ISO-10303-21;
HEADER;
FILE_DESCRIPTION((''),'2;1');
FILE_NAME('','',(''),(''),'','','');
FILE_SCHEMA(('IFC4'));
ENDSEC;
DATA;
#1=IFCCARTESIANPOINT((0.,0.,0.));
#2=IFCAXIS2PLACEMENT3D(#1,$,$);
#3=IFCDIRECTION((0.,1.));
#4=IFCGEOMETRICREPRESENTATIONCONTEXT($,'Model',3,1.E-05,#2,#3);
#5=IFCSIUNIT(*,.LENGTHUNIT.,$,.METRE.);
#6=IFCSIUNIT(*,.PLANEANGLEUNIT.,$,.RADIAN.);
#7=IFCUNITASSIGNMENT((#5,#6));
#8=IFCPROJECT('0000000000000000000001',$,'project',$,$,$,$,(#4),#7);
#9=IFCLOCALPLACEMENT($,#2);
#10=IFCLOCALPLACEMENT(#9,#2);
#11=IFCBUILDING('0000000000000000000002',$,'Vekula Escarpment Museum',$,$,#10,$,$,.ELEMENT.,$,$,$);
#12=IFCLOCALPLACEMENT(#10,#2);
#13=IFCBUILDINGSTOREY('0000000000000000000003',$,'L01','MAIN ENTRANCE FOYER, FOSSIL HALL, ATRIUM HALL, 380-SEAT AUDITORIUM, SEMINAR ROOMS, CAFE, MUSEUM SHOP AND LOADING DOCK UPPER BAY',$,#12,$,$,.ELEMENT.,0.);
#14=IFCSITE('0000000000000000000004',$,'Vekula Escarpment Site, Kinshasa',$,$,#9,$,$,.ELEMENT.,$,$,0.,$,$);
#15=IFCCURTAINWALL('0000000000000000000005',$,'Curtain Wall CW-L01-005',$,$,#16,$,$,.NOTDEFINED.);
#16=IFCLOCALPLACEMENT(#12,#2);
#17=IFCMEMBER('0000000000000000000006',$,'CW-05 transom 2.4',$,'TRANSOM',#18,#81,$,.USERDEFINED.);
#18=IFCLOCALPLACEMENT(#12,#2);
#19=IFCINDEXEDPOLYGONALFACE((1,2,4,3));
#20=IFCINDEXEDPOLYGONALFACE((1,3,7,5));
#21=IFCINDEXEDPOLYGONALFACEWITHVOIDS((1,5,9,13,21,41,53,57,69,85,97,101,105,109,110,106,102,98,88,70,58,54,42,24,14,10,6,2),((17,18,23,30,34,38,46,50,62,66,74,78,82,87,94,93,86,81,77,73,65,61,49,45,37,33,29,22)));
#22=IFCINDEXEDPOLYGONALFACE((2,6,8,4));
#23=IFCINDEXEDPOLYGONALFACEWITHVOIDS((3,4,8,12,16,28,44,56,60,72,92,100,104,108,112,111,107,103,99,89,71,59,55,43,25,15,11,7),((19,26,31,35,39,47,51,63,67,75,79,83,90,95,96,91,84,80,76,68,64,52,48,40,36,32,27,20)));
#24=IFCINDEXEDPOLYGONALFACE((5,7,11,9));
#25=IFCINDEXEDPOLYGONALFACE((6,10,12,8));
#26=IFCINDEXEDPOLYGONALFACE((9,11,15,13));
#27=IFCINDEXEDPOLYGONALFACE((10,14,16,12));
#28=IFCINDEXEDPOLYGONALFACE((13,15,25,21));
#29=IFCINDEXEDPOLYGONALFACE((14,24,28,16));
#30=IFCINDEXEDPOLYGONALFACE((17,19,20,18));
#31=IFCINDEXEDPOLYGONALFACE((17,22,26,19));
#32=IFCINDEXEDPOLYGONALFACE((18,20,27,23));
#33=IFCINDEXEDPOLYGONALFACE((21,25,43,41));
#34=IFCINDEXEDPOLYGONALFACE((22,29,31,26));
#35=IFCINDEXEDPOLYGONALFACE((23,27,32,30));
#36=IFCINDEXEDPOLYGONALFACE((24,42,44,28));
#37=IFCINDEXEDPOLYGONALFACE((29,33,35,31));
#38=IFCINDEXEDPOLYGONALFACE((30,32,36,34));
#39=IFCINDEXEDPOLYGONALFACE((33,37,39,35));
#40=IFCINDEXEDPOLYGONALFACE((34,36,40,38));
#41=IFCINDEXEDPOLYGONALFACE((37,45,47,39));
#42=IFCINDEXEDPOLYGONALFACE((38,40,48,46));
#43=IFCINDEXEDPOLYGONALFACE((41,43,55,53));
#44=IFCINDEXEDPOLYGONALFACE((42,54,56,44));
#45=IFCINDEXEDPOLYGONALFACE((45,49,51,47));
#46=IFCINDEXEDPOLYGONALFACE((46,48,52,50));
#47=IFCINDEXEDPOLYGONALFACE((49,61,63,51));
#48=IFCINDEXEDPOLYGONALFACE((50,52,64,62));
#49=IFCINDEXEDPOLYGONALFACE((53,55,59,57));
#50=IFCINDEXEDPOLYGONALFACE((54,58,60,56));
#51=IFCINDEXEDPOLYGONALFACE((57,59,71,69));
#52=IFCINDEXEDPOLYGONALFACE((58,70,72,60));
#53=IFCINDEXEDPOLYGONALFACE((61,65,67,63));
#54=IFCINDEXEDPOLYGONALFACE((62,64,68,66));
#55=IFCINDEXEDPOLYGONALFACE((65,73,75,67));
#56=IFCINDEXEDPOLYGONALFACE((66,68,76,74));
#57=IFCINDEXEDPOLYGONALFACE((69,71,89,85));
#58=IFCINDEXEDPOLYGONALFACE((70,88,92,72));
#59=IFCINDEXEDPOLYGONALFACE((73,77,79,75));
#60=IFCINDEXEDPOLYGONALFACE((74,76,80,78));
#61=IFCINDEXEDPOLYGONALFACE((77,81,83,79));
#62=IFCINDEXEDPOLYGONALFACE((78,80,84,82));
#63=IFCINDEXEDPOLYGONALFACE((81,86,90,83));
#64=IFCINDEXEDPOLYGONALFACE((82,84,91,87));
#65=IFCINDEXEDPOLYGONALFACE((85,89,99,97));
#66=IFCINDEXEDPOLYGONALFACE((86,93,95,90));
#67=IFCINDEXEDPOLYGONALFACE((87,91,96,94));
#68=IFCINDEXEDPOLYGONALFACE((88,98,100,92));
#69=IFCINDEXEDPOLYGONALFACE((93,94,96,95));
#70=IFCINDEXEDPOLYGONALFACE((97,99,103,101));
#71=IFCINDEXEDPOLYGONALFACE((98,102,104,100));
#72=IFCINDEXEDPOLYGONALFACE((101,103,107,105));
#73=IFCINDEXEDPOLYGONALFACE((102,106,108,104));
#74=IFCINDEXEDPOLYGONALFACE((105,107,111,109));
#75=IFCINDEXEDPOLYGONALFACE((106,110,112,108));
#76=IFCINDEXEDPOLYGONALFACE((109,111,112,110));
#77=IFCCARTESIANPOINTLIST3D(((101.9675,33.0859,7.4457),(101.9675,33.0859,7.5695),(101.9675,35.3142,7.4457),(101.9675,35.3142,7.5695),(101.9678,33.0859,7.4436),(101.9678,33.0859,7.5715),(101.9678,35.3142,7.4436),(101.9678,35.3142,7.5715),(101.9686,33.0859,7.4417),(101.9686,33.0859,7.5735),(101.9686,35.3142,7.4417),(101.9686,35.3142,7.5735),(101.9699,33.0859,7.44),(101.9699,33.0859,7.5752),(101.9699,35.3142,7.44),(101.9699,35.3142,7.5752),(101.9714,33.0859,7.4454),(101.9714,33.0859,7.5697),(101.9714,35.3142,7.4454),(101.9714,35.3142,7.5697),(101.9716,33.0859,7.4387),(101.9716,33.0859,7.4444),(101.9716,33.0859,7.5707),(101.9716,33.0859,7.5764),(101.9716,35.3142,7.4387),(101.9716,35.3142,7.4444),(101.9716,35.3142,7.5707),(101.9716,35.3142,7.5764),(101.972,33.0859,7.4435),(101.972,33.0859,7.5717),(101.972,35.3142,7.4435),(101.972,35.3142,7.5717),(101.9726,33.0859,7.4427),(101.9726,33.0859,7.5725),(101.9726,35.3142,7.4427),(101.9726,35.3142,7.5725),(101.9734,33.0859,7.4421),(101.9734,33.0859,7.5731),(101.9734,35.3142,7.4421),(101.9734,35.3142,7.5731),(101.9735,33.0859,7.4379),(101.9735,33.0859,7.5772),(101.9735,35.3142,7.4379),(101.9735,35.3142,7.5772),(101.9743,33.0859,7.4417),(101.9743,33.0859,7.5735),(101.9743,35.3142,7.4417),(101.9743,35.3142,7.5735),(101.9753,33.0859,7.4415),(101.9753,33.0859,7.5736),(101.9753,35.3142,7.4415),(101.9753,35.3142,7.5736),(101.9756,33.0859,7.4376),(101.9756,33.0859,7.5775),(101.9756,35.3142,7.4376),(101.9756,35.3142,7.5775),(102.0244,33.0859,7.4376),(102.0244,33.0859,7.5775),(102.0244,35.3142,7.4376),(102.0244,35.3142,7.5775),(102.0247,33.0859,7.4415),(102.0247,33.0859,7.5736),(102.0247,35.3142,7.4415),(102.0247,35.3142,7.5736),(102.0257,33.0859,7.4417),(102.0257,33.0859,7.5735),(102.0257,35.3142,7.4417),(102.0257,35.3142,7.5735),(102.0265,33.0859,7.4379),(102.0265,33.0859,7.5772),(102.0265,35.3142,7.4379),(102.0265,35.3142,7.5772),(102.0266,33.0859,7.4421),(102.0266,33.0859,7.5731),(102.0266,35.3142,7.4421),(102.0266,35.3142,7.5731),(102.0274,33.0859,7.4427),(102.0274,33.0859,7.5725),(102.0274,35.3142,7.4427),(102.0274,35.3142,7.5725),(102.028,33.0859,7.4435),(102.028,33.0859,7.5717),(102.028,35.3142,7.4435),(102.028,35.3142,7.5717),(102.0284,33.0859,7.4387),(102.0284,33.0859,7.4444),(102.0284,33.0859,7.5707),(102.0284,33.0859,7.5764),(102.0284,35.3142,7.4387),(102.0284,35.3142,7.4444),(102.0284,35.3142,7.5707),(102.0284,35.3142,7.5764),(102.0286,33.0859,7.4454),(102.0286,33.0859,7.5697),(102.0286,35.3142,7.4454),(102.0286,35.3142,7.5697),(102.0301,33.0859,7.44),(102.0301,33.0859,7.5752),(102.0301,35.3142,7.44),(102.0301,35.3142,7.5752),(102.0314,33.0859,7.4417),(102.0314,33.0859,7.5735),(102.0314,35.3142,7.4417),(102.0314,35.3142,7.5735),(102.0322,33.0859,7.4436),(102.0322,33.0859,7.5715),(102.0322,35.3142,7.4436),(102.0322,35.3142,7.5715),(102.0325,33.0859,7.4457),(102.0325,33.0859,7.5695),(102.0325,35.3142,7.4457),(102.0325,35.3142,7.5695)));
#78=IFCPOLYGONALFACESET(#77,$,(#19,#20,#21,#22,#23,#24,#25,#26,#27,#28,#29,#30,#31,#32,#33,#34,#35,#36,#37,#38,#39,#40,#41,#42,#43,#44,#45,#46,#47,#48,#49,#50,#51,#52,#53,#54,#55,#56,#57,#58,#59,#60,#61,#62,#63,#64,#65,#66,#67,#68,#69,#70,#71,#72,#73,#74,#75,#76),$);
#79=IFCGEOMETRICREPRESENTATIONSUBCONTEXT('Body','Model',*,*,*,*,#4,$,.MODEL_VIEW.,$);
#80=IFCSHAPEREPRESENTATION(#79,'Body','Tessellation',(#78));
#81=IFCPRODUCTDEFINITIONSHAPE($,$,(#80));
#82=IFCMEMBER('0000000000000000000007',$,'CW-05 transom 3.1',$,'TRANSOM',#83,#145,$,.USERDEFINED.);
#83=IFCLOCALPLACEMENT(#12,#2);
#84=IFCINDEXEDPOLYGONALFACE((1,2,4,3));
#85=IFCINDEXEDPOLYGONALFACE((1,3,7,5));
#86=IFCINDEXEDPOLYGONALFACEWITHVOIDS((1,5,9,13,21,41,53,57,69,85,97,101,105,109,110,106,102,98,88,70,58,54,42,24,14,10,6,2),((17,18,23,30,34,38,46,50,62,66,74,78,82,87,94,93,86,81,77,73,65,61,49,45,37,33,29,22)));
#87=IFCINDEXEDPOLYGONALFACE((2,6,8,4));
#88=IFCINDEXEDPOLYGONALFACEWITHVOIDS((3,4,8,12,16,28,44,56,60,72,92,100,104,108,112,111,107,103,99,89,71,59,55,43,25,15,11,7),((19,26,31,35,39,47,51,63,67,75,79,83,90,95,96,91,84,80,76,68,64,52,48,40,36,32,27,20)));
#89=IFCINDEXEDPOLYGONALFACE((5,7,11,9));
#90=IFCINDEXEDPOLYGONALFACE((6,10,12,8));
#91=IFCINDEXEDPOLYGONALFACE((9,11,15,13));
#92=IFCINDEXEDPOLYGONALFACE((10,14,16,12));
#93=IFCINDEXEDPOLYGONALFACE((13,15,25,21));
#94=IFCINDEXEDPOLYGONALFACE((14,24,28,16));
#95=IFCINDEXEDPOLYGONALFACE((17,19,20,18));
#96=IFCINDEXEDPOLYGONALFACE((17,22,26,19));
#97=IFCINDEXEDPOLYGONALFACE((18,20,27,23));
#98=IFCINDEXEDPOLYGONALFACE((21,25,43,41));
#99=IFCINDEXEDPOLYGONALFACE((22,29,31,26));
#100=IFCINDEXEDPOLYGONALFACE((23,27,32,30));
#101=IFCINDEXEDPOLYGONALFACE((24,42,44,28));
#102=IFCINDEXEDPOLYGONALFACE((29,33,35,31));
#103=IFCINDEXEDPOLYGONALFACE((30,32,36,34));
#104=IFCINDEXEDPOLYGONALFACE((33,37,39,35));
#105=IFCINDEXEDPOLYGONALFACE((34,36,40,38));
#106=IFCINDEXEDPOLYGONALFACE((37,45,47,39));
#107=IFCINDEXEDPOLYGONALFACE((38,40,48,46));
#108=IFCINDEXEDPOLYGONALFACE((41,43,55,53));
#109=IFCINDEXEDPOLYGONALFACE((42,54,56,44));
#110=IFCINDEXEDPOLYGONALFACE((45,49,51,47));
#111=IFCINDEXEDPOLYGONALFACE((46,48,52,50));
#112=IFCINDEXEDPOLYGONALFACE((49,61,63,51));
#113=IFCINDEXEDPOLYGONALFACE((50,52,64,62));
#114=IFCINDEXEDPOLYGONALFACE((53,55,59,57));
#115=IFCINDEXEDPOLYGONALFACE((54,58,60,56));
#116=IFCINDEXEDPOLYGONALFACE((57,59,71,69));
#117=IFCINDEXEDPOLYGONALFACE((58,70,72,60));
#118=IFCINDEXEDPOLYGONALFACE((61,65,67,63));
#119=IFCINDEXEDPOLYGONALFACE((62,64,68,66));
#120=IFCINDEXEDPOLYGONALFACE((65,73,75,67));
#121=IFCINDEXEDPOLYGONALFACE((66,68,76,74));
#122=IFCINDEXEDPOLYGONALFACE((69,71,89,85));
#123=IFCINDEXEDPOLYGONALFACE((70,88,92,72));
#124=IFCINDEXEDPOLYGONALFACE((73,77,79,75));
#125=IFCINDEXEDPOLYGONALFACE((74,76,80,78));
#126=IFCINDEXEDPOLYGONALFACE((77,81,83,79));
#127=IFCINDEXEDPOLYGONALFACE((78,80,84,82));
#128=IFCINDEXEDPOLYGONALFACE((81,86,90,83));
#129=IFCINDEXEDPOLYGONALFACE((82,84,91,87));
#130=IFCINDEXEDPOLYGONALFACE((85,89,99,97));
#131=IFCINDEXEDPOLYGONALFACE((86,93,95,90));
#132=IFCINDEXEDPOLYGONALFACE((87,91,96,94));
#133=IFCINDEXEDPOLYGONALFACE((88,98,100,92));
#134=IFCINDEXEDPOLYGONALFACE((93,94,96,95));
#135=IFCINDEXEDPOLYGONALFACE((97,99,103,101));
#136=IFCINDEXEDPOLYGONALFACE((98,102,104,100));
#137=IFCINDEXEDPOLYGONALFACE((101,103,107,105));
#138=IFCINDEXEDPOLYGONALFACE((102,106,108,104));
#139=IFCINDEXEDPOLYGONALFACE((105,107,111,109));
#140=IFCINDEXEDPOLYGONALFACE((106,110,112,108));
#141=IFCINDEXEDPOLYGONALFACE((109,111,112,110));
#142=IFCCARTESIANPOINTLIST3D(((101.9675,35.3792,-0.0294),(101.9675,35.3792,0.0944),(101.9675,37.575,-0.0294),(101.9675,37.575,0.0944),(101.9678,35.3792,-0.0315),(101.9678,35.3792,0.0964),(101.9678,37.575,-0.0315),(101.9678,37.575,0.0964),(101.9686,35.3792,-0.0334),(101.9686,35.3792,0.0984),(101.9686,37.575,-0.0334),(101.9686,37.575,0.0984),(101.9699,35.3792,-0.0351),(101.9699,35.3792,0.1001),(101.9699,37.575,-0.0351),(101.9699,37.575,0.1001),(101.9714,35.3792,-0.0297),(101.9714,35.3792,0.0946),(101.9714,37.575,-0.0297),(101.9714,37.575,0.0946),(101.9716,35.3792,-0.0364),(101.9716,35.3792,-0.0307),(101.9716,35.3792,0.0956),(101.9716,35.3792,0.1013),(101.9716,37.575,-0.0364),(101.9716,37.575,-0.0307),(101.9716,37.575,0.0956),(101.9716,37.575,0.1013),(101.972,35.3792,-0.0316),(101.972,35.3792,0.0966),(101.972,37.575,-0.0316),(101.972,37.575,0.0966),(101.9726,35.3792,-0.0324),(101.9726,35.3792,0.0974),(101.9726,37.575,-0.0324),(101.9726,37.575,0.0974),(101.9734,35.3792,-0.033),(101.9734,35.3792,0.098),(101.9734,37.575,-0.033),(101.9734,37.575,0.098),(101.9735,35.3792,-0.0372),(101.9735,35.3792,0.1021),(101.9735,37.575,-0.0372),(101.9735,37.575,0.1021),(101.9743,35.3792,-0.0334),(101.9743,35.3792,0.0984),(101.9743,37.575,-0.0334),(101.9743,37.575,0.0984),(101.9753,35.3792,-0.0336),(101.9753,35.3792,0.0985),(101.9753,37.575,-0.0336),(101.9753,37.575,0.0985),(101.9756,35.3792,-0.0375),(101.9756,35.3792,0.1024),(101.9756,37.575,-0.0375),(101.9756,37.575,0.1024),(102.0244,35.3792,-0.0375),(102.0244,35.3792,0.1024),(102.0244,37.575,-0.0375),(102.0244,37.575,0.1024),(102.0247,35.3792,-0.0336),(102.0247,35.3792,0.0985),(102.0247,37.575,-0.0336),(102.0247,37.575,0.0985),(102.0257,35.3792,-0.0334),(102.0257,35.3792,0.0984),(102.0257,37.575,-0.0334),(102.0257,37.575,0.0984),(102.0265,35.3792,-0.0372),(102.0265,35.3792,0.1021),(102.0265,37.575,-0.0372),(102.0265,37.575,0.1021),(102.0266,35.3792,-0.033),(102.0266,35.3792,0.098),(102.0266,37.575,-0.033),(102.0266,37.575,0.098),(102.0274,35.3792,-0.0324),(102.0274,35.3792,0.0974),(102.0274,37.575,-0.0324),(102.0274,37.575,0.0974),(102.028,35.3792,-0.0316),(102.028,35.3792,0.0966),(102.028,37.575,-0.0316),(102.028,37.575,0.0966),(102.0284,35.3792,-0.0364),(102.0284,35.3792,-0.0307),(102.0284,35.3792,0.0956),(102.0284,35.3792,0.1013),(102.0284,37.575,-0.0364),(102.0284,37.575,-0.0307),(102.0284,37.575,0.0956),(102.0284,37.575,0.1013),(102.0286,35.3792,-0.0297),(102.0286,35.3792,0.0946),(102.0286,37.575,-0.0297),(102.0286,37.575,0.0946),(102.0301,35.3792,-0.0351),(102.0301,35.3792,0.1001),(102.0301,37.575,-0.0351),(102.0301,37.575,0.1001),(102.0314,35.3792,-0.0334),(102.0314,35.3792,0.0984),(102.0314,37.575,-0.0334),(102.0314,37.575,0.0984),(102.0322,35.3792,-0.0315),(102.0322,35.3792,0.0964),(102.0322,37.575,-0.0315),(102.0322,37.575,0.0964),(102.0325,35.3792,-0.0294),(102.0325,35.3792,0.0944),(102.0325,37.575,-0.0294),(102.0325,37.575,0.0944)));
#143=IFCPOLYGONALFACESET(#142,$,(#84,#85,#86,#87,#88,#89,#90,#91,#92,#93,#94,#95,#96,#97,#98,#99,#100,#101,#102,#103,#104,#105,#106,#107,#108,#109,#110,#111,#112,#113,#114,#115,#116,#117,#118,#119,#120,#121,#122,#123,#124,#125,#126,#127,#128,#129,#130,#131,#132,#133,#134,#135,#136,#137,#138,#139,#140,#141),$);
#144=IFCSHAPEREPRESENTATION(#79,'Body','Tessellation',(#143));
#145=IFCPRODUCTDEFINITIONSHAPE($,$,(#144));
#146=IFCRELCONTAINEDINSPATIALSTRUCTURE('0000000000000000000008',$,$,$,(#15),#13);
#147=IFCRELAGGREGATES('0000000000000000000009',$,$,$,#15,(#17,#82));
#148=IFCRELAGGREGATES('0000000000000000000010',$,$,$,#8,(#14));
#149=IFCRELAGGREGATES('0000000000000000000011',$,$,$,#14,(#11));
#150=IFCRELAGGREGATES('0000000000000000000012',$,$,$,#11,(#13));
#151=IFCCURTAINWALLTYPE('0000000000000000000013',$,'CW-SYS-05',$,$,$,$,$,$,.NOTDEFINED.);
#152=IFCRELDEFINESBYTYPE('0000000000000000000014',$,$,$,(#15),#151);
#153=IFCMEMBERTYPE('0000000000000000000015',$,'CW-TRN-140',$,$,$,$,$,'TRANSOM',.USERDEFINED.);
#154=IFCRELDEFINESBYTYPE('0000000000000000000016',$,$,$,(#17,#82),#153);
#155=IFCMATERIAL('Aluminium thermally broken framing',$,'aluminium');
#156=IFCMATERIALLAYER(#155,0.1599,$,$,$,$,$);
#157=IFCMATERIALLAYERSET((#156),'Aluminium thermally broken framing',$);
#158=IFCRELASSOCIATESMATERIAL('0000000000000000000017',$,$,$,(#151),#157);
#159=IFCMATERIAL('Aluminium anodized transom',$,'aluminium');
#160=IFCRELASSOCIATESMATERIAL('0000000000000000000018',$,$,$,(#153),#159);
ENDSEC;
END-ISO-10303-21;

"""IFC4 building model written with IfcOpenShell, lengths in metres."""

from ifc_helpers import new_model, si_unit, direction, frame, origin, origin_2d, place, context, subcontext, project, spatial, hollow_rectangle, extrude, material, layer, layer_set, material_profile, profile_set, type_object, element, aggregate, save


model = new_model("IFC4")

# Units and contexts
model_context = context("Model", 3, precision=1e-05, world=origin(), true_north=direction((0.0, 1.0)))
body_context = subcontext(model_context, "Body", "Model", "MODEL_VIEW")
ifc_project = project(units=[si_unit("LENGTHUNIT", "METRE"), si_unit("PLANEANGLEUNIT", "RADIAN")], contexts=[model_context])

# Site, building, storey
site_placement = place(None, origin())
site = spatial("IfcSite", under=ifc_project, at=site_placement, Name="Vekula Escarpment Site, Kinshasa", CompositionType="ELEMENT", RefElevation=0.0)
building_placement = place(site_placement, origin())
building = spatial("IfcBuilding", under=site, at=building_placement, Name="Vekula Escarpment Museum", CompositionType="ELEMENT")
storey_placement = place(building_placement, origin())
storey = spatial("IfcBuildingStorey", under=building, at=storey_placement, Name="L01", Description="MAIN ENTRANCE FOYER, FOSSIL HALL, ATRIUM HALL, 380-SEAT AUDITORIUM, SEMINAR ROOMS, CAFE, MUSEUM SHOP AND LOADING DOCK UPPER BAY", CompositionType="ELEMENT", Elevation=0.0)

# Curtain wall, members
ifc_material_1 = material(Name="Aluminium thermally broken framing", Category="aluminium")
ifc_layer_1 = layer(ifc_material_1, 0.1599)
ifc_layer_set_1 = layer_set([ifc_layer_1], Name="Aluminium thermally broken framing")
curtain_wall_type = type_object("IfcCurtainWallType", Name="CW-SYS-05", PredefinedType="NOTDEFINED", material=ifc_layer_set_1)
curtain_wall_placement = place(storey_placement, origin())
curtain_wall = element("IfcCurtainWall", 1, at=curtain_wall_placement, inside=storey, type_object=curtain_wall_type, Name="Curtain Wall CW-L01-005", PredefinedType="NOTDEFINED")
ifc_material_2 = material(Name="Aluminium anodized transom", Category="aluminium")
ifc_material_profile_1 = material_profile(ifc_material_2, hollow_rectangle(XDim=0.0649, YDim=0.1399, WallThickness=0.0039, InnerFilletRadius=0.0039, OuterFilletRadius=0.0081, at=origin_2d()), Name="ALU 140x65x4")
ifc_profile_set_1 = profile_set([ifc_material_profile_1], Name="Aluminium anodized transom")
member_type_1 = type_object("IfcMemberType", Name="CW-TRN-140", ElementType="TRANSOM", PredefinedType="USERDEFINED", material=ifc_profile_set_1)
member_1_placement = place(storey_placement, frame((102.0, 33.0859, 7.5076), z_axis=(0.0, 1.0, 0.0), x_axis=(-1.0, 0.0, 0.0)))
member_1 = element("IfcMember", 2, at=member_1_placement, type_object=member_type_1, Name="CW-05 transom 2.4", ObjectType="TRANSOM", PredefinedType="USERDEFINED", context=body_context, shape_type="SweptSolid", body=[
    extrude(hollow_rectangle(XDim=0.0649, YDim=0.1399, WallThickness=0.0039, InnerFilletRadius=0.0039, OuterFilletRadius=0.0081, at=origin_2d()), origin(), (0.0, 0.0, 1.0), 2.2283),
])
member_2_placement = place(storey_placement, frame((102.0, 35.3792, 0.0325), z_axis=(0.0, 1.0, 0.0), x_axis=(-1.0, 0.0, 0.0)))
member_2 = element("IfcMember", 3, at=member_2_placement, type_object=member_type_1, Name="CW-05 transom 3.1", ObjectType="TRANSOM", PredefinedType="USERDEFINED", context=body_context, shape_type="SweptSolid", body=[
    extrude(hollow_rectangle(XDim=0.0649, YDim=0.1399, WallThickness=0.0039, InnerFilletRadius=0.0039, OuterFilletRadius=0.0081, at=origin_2d()), origin(), (0.0, 0.0, 1.0), 2.1958),
])

aggregate(curtain_wall, [member_1, member_2])

save(model, "model.ifc")
